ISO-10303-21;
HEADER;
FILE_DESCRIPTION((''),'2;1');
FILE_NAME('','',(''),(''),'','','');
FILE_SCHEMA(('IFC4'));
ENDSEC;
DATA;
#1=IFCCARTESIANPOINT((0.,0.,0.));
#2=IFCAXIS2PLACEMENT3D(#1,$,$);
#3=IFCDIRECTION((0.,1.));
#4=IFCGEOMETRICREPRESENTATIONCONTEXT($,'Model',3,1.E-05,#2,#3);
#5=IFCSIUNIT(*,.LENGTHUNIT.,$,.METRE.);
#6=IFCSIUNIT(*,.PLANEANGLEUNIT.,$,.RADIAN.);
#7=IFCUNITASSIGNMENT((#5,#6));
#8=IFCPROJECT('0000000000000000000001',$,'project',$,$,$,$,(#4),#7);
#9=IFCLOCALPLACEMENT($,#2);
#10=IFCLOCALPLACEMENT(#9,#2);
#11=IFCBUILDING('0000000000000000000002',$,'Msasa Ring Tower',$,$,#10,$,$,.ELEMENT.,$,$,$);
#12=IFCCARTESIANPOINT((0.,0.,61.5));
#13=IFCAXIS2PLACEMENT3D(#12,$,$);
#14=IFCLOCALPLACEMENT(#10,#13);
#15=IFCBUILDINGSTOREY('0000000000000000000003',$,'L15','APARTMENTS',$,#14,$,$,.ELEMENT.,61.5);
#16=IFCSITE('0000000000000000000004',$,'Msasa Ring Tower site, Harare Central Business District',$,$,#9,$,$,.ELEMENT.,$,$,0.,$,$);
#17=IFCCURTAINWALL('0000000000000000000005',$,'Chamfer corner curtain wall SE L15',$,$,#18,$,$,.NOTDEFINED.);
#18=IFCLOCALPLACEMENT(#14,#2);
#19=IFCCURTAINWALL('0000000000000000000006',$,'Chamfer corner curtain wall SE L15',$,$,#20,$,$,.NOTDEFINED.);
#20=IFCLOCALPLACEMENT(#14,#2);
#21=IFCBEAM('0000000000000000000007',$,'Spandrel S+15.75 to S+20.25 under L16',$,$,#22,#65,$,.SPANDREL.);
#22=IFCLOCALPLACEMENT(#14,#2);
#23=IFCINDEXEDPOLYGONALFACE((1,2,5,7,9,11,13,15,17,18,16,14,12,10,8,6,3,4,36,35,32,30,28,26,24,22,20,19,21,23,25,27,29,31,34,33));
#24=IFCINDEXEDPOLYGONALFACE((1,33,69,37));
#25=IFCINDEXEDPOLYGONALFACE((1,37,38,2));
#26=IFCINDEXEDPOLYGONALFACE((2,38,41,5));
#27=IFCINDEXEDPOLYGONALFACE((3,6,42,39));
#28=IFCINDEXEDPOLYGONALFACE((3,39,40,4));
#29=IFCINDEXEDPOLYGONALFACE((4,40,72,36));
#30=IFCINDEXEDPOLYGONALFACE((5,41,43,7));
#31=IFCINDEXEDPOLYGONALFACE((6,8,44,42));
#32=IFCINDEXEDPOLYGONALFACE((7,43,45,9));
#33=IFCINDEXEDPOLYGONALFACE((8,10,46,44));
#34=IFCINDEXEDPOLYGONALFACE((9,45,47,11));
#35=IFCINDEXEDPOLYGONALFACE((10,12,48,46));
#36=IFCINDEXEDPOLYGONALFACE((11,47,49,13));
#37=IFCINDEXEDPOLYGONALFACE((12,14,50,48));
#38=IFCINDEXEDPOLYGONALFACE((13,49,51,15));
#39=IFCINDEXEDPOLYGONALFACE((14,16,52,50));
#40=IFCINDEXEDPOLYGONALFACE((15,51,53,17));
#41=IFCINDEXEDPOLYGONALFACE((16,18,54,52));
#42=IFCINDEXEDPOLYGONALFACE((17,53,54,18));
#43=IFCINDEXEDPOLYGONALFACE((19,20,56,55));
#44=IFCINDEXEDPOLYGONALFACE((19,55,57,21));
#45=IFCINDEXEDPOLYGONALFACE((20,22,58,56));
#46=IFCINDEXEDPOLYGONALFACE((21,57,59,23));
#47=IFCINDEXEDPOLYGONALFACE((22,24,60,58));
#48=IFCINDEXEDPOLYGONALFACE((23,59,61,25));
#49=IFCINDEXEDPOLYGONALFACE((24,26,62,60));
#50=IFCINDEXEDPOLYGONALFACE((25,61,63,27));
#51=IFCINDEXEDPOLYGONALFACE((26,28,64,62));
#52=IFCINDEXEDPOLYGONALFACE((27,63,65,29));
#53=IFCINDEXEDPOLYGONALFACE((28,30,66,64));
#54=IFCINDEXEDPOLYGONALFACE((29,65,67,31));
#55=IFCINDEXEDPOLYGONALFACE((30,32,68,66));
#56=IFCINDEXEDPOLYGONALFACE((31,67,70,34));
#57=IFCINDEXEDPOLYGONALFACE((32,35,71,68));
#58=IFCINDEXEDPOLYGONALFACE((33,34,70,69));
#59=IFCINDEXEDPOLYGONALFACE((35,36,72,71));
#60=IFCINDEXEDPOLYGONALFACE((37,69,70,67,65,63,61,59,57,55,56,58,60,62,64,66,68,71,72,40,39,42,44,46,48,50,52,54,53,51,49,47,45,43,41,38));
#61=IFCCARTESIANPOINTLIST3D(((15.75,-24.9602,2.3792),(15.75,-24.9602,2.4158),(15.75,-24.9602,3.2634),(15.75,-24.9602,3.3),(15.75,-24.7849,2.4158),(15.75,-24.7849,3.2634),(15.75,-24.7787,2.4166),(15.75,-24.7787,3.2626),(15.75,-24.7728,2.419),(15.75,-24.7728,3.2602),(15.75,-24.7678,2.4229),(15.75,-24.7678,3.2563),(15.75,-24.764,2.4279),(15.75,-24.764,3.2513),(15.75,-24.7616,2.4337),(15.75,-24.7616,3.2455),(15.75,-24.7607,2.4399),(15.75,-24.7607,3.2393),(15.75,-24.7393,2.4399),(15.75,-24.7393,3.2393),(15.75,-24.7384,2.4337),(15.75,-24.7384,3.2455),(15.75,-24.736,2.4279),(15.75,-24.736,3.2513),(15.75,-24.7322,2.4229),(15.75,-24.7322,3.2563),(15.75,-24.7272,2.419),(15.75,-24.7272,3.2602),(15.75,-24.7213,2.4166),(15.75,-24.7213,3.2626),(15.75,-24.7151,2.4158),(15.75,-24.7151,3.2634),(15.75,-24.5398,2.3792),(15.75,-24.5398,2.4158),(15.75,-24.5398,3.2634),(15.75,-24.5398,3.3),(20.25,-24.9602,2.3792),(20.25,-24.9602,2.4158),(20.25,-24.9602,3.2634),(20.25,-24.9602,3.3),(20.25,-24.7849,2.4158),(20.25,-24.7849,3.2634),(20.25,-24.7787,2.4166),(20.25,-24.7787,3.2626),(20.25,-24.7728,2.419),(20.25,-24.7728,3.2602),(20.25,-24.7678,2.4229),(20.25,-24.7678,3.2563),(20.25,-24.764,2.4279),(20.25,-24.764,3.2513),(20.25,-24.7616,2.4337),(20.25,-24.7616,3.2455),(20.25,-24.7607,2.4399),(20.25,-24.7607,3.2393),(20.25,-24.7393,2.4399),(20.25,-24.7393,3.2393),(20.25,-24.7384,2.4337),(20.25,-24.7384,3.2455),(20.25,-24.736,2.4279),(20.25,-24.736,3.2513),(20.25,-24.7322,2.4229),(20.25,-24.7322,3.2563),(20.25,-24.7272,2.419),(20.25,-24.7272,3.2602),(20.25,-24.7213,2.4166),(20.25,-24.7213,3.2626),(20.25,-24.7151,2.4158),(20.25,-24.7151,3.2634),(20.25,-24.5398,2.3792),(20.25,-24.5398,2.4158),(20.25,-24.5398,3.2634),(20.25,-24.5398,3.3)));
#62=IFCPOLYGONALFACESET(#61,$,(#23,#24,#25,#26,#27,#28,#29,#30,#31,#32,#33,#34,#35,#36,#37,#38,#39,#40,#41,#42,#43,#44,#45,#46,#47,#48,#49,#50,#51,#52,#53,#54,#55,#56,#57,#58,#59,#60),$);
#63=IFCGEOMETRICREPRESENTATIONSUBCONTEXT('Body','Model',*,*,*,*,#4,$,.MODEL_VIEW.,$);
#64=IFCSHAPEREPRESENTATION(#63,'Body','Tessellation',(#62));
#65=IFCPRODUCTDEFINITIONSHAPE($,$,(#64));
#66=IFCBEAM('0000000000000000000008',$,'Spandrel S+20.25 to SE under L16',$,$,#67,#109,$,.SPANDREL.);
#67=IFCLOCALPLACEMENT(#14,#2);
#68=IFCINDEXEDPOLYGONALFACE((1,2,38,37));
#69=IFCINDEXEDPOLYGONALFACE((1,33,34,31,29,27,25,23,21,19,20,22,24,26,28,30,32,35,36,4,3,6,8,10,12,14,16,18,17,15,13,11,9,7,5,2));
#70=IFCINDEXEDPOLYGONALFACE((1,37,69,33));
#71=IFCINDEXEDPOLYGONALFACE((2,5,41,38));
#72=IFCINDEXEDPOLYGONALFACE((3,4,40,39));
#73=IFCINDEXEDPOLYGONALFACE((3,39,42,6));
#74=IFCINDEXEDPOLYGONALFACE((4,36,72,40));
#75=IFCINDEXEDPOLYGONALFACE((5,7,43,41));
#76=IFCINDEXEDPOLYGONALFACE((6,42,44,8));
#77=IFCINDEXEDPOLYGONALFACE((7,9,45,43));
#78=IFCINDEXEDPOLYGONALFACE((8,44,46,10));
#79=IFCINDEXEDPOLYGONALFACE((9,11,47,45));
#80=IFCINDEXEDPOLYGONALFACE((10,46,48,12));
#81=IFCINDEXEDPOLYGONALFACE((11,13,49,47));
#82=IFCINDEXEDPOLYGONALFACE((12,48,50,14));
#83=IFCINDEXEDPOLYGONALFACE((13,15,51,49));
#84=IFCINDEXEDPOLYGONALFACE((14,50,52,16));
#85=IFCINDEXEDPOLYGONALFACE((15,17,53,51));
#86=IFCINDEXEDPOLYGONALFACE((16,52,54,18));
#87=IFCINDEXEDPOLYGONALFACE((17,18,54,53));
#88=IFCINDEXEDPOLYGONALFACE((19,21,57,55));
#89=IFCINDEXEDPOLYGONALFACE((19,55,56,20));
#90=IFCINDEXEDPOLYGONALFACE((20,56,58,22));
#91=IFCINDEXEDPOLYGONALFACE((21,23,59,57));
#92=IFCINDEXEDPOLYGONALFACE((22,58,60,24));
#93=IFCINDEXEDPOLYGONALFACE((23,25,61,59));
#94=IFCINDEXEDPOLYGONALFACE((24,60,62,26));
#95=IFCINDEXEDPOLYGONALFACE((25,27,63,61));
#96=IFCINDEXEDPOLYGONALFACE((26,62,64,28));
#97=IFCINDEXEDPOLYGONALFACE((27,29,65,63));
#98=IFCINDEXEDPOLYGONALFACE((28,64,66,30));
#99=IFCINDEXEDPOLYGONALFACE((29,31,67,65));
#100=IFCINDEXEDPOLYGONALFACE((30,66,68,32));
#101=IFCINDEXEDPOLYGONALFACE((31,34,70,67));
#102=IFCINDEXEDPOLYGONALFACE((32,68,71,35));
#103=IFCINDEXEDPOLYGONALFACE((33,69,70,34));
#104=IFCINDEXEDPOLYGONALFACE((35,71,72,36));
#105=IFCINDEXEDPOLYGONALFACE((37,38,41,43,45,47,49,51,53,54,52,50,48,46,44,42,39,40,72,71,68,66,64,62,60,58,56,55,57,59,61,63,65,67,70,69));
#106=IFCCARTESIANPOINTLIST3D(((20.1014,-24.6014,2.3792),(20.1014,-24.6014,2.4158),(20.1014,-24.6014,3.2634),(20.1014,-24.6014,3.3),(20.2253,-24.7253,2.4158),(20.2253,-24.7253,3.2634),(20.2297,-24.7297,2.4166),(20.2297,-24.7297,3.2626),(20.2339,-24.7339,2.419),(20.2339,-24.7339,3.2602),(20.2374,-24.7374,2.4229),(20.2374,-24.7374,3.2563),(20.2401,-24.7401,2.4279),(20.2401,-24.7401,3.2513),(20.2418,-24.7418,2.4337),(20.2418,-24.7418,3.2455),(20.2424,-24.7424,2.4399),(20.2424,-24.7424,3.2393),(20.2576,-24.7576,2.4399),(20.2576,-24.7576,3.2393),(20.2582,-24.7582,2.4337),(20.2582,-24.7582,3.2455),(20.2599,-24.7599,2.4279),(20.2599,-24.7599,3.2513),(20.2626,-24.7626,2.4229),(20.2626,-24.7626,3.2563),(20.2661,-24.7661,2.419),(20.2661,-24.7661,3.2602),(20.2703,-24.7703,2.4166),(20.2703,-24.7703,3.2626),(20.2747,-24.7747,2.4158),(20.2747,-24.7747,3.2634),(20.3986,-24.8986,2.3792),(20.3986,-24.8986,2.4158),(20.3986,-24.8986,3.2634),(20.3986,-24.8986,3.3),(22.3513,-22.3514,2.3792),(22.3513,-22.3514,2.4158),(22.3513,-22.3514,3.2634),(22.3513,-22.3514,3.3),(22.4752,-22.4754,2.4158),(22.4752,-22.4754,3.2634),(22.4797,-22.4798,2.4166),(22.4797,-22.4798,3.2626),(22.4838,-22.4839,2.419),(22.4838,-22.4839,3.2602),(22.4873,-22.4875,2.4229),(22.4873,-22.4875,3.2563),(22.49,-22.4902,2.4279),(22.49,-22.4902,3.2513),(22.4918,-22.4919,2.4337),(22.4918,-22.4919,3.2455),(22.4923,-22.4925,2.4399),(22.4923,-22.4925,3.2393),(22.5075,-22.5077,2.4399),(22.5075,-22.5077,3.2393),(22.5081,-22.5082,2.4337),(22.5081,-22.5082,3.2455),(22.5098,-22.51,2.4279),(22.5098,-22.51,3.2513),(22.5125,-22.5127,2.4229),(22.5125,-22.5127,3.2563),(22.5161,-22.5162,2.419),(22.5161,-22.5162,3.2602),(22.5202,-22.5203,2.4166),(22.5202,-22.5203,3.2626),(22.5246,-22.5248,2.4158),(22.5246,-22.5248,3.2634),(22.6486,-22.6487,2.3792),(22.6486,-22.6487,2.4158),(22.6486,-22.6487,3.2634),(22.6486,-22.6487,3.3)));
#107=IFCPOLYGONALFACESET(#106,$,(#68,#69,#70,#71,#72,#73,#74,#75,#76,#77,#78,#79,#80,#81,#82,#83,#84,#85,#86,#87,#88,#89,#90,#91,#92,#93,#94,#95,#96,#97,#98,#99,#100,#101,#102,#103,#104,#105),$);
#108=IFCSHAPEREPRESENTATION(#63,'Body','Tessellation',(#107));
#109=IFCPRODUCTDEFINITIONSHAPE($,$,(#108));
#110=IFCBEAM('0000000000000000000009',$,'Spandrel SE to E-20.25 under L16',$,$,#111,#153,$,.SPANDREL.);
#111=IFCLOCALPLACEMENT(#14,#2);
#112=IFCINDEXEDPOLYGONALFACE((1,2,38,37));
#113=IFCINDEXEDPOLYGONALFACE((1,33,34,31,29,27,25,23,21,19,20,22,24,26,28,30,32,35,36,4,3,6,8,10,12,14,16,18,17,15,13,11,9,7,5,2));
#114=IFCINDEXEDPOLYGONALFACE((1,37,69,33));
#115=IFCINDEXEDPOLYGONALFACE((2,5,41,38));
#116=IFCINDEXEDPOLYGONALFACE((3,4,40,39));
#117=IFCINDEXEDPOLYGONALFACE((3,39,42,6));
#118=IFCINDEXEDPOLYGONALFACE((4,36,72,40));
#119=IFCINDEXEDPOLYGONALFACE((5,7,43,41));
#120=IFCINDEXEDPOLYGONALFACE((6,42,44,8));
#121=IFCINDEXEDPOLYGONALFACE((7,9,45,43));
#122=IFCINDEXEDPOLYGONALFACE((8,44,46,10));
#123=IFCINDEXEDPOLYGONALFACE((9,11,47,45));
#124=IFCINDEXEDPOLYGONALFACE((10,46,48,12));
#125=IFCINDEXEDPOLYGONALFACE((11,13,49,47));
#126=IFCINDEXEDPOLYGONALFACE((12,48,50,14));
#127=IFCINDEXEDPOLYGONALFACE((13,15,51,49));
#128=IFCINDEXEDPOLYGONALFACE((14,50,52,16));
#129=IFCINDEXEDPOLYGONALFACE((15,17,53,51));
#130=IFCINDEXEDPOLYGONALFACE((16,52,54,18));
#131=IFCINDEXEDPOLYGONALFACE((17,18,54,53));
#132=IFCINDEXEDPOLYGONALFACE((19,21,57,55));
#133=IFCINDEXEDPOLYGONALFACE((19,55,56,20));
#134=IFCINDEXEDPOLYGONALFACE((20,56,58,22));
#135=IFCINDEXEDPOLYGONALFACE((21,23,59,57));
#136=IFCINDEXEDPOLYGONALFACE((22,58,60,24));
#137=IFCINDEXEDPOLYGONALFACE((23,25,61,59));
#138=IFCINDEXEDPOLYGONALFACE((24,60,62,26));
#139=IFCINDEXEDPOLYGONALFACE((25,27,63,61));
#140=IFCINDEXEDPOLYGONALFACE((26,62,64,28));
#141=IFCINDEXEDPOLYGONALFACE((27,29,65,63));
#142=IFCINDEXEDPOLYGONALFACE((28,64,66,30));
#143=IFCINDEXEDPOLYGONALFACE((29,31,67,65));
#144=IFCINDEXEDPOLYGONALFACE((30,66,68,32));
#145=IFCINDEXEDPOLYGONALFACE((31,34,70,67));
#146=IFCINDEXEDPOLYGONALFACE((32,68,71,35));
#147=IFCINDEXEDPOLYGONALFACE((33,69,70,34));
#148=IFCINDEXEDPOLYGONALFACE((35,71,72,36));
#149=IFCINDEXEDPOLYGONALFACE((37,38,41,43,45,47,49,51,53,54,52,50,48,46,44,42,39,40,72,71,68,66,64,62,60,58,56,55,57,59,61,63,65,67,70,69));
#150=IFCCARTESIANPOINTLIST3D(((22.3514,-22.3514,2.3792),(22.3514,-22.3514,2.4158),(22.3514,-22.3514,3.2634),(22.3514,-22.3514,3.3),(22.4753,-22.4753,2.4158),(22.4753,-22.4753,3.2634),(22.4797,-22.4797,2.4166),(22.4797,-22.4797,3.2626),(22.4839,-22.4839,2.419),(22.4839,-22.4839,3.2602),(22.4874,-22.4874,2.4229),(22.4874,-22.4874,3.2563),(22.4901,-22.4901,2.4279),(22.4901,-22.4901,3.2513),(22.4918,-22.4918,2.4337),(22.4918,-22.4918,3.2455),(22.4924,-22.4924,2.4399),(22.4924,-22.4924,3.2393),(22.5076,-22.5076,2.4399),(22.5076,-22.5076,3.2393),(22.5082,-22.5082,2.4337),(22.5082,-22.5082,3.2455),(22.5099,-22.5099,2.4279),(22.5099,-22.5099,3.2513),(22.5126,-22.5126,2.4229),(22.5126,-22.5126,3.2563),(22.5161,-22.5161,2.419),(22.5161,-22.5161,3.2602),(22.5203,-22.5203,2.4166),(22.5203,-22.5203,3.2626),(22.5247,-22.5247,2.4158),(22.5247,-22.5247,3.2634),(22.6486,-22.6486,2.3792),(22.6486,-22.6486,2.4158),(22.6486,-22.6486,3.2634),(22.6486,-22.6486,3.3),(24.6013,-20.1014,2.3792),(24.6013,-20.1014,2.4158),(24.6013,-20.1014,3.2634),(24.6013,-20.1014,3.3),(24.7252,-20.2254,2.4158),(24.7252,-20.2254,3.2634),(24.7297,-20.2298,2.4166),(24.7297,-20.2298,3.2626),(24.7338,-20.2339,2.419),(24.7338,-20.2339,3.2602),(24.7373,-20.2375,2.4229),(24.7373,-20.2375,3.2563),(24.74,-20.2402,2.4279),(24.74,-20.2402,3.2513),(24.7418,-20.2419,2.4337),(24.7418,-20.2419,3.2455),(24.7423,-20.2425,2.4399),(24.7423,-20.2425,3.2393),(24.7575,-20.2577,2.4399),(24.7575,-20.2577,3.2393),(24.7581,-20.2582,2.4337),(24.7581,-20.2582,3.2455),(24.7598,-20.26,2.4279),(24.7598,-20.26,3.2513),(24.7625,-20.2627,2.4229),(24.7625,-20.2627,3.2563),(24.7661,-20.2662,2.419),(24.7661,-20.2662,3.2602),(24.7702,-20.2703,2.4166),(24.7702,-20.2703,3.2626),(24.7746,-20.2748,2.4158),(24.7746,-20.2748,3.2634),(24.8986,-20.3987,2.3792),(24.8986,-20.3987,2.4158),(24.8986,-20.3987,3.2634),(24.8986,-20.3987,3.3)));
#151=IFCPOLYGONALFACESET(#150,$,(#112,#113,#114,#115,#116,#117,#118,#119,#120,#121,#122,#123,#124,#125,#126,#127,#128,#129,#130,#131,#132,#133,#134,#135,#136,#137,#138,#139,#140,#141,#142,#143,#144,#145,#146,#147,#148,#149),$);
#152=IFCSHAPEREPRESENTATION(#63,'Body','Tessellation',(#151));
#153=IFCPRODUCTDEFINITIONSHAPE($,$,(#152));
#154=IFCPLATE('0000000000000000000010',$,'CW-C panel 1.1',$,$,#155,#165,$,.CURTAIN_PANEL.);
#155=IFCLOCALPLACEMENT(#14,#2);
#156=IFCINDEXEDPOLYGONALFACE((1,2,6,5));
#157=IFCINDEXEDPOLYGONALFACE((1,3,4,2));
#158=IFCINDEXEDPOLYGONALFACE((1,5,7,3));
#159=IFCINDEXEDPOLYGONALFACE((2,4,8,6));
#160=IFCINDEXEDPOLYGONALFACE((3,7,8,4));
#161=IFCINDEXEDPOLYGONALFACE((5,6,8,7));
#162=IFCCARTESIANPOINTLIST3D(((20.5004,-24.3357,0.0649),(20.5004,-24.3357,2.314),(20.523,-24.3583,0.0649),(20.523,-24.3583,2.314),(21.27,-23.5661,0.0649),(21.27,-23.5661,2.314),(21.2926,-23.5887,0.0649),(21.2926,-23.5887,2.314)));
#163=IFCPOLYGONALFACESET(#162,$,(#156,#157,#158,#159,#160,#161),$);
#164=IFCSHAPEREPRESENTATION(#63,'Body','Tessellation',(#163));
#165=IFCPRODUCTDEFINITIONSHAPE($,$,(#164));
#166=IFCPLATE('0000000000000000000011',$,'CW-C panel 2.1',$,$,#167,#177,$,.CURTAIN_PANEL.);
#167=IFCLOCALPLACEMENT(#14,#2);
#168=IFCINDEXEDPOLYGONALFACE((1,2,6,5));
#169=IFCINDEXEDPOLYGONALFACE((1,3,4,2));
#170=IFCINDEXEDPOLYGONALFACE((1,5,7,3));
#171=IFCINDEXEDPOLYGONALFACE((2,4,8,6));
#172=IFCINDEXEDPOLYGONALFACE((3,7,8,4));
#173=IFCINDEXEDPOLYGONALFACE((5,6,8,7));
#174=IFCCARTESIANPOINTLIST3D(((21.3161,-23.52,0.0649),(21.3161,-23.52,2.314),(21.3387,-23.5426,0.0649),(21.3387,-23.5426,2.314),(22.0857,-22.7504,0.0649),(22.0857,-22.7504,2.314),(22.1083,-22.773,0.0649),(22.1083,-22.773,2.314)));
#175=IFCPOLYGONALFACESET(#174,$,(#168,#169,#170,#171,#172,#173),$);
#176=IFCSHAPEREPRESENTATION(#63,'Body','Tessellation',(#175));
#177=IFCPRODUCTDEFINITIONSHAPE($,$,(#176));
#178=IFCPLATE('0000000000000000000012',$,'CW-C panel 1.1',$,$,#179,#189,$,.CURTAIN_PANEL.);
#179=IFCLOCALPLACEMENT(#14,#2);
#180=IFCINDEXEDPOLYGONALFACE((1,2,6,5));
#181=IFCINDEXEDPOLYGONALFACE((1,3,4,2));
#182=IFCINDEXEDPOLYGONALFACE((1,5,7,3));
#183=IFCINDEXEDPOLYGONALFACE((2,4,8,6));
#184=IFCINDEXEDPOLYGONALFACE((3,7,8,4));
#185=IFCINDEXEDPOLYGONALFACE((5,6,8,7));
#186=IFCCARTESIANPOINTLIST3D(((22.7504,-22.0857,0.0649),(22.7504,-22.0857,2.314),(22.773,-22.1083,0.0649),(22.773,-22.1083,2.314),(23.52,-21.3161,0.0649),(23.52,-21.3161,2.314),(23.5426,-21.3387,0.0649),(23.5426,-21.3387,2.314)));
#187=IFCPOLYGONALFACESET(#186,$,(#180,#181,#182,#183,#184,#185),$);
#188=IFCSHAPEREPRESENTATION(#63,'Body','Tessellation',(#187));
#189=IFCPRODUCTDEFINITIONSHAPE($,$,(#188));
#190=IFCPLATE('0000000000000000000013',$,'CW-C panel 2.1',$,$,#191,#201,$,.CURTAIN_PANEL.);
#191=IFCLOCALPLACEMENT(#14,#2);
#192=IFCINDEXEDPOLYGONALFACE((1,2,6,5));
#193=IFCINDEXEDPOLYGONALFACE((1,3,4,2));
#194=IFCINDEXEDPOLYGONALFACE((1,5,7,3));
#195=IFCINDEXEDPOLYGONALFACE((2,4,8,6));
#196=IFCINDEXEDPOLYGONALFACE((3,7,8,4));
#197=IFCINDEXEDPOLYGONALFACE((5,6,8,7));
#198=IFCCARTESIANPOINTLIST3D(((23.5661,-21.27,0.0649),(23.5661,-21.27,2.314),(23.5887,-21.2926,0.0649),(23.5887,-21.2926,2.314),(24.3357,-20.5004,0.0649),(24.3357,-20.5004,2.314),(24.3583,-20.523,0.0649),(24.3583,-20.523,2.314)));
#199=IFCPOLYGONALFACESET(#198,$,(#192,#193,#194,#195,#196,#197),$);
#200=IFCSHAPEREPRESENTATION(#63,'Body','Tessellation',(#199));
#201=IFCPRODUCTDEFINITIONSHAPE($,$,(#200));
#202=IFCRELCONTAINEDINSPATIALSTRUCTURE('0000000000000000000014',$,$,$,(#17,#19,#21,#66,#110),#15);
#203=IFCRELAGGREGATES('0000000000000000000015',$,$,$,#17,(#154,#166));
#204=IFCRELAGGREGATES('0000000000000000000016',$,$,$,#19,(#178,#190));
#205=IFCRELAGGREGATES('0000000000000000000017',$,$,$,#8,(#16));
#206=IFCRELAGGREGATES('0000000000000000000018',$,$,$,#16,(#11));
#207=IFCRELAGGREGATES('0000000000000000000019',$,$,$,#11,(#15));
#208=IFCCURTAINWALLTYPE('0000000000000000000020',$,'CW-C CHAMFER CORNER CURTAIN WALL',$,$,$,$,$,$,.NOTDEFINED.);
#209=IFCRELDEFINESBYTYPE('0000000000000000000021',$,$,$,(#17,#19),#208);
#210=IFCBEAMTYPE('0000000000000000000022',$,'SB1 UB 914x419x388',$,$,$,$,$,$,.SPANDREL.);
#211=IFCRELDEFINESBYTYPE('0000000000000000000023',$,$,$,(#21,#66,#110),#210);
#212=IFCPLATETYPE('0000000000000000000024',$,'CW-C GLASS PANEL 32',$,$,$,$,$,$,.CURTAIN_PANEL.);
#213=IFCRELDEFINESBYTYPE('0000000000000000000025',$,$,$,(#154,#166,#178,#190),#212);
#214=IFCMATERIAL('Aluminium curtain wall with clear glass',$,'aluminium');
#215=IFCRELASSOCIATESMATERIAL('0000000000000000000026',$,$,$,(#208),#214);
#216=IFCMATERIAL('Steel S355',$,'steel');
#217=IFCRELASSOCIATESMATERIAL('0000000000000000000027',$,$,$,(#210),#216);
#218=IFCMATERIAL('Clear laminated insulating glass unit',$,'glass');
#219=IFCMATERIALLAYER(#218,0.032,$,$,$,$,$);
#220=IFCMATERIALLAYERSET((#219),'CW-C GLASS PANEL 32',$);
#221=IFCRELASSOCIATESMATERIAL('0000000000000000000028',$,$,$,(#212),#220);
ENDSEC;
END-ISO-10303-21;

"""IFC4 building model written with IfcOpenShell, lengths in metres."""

from ifc_helpers import new_model, si_unit, direction, frame, origin, origin_2d, place, context, subcontext, project, spatial, rectangle, i_section, extrude, material, layer, layer_set, material_profile, profile_set, type_object, element, aggregate, save


model = new_model("IFC4")

# Units and contexts
model_context = context("Model", 3, precision=1e-05, world=origin(), true_north=direction((0.0, 1.0)))
body_context = subcontext(model_context, "Body", "Model", "MODEL_VIEW")
ifc_project = project(units=[si_unit("LENGTHUNIT", "METRE"), si_unit("PLANEANGLEUNIT", "RADIAN")], contexts=[model_context])

# Site, building, storey
site_placement = place(None, origin())
site = spatial("IfcSite", under=ifc_project, at=site_placement, Name="Msasa Ring Tower site, Harare Central Business District", CompositionType="ELEMENT", RefElevation=0.0)
building_placement = place(site_placement, origin())
building = spatial("IfcBuilding", under=site, at=building_placement, Name="Msasa Ring Tower", CompositionType="ELEMENT")
storey_placement = place(building_placement, frame((0.0, 0.0, 61.5)))
storey = spatial("IfcBuildingStorey", under=building, at=storey_placement, Name="L15", Description="APARTMENTS", CompositionType="ELEMENT", Elevation=61.5)

# Curtain walls
ifc_material_1 = material(Name="Aluminium curtain wall with clear glass", Category="aluminium")
curtain_wall_type = type_object("IfcCurtainWallType", Name="CW-C CHAMFER CORNER CURTAIN WALL", PredefinedType="NOTDEFINED", material=ifc_material_1)
curtain_wall_1_placement = place(storey_placement, origin())
curtain_wall_1 = element("IfcCurtainWall", 1, at=curtain_wall_1_placement, inside=storey, type_object=curtain_wall_type, Name="Chamfer corner curtain wall SE L15", PredefinedType="NOTDEFINED")
curtain_wall_2_placement = place(storey_placement, origin())
curtain_wall_2 = element("IfcCurtainWall", 2, at=curtain_wall_2_placement, inside=storey, type_object=curtain_wall_type, Name="Chamfer corner curtain wall SE L15", PredefinedType="NOTDEFINED")

# Beams
ifc_material_2 = material(Name="Steel S355", Category="steel")
ifc_material_profile_1 = material_profile(ifc_material_2, i_section(OverallWidth=0.4204, OverallDepth=0.9209, WebThickness=0.0215, FlangeThickness=0.0366, FilletRadius=0.0242, at=origin_2d()), Name="UB 914x419x388")
ifc_profile_set_1 = profile_set([ifc_material_profile_1], Name="Steel S355")
beam_type_1 = type_object("IfcBeamType", Name="SB1 UB 914x419x388", PredefinedType="SPANDREL", material=ifc_profile_set_1)
beam_1_placement = place(storey_placement, frame((15.75, -24.75, 2.8396), z_axis=(1.0, 0.0, 0.0), x_axis=(0.0, 1.0, 0.0)))
element("IfcBeam", 3, at=beam_1_placement, inside=storey, type_object=beam_type_1, Name="Spandrel S+15.75 to S+20.25 under L16", PredefinedType="SPANDREL", context=body_context, shape_type="SweptSolid", body=[
    extrude(i_section(OverallWidth=0.4204, OverallDepth=0.9209, WebThickness=0.0215, FlangeThickness=0.0366, FilletRadius=0.0242, at=origin_2d()), origin(), (0.0, 0.0, 1.0), 4.5),
])
for number, where, z_axis, x_axis, name in (
    (4, (20.25, -24.75, 2.8396), (0.707107, 0.707107, 0.0), (-0.707107, 0.707107, 0.0), "Spandrel S+20.25 to SE under L16"),
    (5, (22.5, -22.5, 2.8396), (0.707107, 0.707107, 0.0), (-0.707107, 0.707107, 0.0), "Spandrel SE to E-20.25 under L16"),
):
    element("IfcBeam", number, at=place(storey_placement, frame(where, z_axis=z_axis, x_axis=x_axis)), inside=storey, type_object=beam_type_1, Name=name, PredefinedType="SPANDREL", context=body_context, shape_type="SweptSolid", body=[
        extrude(i_section(OverallWidth=0.4204, OverallDepth=0.9209, WebThickness=0.0215, FlangeThickness=0.0366, FilletRadius=0.0242, at=origin_2d()), origin(), (0.0, 0.0, 1.0), 3.1819),
    ])

# Plates
ifc_material_3 = material(Name="Clear laminated insulating glass unit", Category="glass")
ifc_layer_1 = layer(ifc_material_3, 0.032)
ifc_layer_set_1 = layer_set([ifc_layer_1], Name="CW-C GLASS PANEL 32")
plate_type = type_object("IfcPlateType", Name="CW-C GLASS PANEL 32", PredefinedType="CURTAIN_PANEL", material=ifc_layer_set_1)
plate_1_placement = place(storey_placement, frame((20.8965, -23.9622, 0.0649), z_axis=(0.0, 0.0, 1.0), x_axis=(0.707107, 0.707107, 0.0)))
plate_1 = element("IfcPlate", 6, at=plate_1_placement, type_object=plate_type, Name="CW-C panel 1.1", PredefinedType="CURTAIN_PANEL", context=body_context, shape_type="SweptSolid", body=[
    extrude(rectangle(XDim=1.0884, YDim=0.032, at=origin_2d()), origin(), (0.0, 0.0, 1.0), 2.249),
])
plate_2_placement = place(storey_placement, frame((21.7122, -23.1465, 0.0649), z_axis=(0.0, 0.0, 1.0), x_axis=(0.707107, 0.707107, 0.0)))
plate_2 = element("IfcPlate", 7, at=plate_2_placement, type_object=plate_type, Name="CW-C panel 2.1", PredefinedType="CURTAIN_PANEL", context=body_context, shape_type="SweptSolid", body=[
    extrude(rectangle(XDim=1.0884, YDim=0.032, at=origin_2d()), origin(), (0.0, 0.0, 1.0), 2.249),
])
aggregate(curtain_wall_1, [plate_1, plate_2])
plate_3_placement = place(storey_placement, frame((23.1465, -21.7122, 0.0649), z_axis=(0.0, 0.0, 1.0), x_axis=(0.707107, 0.707107, 0.0)))
plate_3 = element("IfcPlate", 8, at=plate_3_placement, type_object=plate_type, Name="CW-C panel 1.1", PredefinedType="CURTAIN_PANEL", context=body_context, shape_type="SweptSolid", body=[
    extrude(rectangle(XDim=1.0884, YDim=0.032, at=origin_2d()), origin(), (0.0, 0.0, 1.0), 2.249),
])
plate_4_placement = place(storey_placement, frame((23.9622, -20.8965, 0.0649), z_axis=(0.0, 0.0, 1.0), x_axis=(0.707107, 0.707107, 0.0)))
plate_4 = element("IfcPlate", 9, at=plate_4_placement, type_object=plate_type, Name="CW-C panel 2.1", PredefinedType="CURTAIN_PANEL", context=body_context, shape_type="SweptSolid", body=[
    extrude(rectangle(XDim=1.0884, YDim=0.032, at=origin_2d()), origin(), (0.0, 0.0, 1.0), 2.249),
])
aggregate(curtain_wall_2, [plate_3, plate_4])

save(model, "model.ifc")
